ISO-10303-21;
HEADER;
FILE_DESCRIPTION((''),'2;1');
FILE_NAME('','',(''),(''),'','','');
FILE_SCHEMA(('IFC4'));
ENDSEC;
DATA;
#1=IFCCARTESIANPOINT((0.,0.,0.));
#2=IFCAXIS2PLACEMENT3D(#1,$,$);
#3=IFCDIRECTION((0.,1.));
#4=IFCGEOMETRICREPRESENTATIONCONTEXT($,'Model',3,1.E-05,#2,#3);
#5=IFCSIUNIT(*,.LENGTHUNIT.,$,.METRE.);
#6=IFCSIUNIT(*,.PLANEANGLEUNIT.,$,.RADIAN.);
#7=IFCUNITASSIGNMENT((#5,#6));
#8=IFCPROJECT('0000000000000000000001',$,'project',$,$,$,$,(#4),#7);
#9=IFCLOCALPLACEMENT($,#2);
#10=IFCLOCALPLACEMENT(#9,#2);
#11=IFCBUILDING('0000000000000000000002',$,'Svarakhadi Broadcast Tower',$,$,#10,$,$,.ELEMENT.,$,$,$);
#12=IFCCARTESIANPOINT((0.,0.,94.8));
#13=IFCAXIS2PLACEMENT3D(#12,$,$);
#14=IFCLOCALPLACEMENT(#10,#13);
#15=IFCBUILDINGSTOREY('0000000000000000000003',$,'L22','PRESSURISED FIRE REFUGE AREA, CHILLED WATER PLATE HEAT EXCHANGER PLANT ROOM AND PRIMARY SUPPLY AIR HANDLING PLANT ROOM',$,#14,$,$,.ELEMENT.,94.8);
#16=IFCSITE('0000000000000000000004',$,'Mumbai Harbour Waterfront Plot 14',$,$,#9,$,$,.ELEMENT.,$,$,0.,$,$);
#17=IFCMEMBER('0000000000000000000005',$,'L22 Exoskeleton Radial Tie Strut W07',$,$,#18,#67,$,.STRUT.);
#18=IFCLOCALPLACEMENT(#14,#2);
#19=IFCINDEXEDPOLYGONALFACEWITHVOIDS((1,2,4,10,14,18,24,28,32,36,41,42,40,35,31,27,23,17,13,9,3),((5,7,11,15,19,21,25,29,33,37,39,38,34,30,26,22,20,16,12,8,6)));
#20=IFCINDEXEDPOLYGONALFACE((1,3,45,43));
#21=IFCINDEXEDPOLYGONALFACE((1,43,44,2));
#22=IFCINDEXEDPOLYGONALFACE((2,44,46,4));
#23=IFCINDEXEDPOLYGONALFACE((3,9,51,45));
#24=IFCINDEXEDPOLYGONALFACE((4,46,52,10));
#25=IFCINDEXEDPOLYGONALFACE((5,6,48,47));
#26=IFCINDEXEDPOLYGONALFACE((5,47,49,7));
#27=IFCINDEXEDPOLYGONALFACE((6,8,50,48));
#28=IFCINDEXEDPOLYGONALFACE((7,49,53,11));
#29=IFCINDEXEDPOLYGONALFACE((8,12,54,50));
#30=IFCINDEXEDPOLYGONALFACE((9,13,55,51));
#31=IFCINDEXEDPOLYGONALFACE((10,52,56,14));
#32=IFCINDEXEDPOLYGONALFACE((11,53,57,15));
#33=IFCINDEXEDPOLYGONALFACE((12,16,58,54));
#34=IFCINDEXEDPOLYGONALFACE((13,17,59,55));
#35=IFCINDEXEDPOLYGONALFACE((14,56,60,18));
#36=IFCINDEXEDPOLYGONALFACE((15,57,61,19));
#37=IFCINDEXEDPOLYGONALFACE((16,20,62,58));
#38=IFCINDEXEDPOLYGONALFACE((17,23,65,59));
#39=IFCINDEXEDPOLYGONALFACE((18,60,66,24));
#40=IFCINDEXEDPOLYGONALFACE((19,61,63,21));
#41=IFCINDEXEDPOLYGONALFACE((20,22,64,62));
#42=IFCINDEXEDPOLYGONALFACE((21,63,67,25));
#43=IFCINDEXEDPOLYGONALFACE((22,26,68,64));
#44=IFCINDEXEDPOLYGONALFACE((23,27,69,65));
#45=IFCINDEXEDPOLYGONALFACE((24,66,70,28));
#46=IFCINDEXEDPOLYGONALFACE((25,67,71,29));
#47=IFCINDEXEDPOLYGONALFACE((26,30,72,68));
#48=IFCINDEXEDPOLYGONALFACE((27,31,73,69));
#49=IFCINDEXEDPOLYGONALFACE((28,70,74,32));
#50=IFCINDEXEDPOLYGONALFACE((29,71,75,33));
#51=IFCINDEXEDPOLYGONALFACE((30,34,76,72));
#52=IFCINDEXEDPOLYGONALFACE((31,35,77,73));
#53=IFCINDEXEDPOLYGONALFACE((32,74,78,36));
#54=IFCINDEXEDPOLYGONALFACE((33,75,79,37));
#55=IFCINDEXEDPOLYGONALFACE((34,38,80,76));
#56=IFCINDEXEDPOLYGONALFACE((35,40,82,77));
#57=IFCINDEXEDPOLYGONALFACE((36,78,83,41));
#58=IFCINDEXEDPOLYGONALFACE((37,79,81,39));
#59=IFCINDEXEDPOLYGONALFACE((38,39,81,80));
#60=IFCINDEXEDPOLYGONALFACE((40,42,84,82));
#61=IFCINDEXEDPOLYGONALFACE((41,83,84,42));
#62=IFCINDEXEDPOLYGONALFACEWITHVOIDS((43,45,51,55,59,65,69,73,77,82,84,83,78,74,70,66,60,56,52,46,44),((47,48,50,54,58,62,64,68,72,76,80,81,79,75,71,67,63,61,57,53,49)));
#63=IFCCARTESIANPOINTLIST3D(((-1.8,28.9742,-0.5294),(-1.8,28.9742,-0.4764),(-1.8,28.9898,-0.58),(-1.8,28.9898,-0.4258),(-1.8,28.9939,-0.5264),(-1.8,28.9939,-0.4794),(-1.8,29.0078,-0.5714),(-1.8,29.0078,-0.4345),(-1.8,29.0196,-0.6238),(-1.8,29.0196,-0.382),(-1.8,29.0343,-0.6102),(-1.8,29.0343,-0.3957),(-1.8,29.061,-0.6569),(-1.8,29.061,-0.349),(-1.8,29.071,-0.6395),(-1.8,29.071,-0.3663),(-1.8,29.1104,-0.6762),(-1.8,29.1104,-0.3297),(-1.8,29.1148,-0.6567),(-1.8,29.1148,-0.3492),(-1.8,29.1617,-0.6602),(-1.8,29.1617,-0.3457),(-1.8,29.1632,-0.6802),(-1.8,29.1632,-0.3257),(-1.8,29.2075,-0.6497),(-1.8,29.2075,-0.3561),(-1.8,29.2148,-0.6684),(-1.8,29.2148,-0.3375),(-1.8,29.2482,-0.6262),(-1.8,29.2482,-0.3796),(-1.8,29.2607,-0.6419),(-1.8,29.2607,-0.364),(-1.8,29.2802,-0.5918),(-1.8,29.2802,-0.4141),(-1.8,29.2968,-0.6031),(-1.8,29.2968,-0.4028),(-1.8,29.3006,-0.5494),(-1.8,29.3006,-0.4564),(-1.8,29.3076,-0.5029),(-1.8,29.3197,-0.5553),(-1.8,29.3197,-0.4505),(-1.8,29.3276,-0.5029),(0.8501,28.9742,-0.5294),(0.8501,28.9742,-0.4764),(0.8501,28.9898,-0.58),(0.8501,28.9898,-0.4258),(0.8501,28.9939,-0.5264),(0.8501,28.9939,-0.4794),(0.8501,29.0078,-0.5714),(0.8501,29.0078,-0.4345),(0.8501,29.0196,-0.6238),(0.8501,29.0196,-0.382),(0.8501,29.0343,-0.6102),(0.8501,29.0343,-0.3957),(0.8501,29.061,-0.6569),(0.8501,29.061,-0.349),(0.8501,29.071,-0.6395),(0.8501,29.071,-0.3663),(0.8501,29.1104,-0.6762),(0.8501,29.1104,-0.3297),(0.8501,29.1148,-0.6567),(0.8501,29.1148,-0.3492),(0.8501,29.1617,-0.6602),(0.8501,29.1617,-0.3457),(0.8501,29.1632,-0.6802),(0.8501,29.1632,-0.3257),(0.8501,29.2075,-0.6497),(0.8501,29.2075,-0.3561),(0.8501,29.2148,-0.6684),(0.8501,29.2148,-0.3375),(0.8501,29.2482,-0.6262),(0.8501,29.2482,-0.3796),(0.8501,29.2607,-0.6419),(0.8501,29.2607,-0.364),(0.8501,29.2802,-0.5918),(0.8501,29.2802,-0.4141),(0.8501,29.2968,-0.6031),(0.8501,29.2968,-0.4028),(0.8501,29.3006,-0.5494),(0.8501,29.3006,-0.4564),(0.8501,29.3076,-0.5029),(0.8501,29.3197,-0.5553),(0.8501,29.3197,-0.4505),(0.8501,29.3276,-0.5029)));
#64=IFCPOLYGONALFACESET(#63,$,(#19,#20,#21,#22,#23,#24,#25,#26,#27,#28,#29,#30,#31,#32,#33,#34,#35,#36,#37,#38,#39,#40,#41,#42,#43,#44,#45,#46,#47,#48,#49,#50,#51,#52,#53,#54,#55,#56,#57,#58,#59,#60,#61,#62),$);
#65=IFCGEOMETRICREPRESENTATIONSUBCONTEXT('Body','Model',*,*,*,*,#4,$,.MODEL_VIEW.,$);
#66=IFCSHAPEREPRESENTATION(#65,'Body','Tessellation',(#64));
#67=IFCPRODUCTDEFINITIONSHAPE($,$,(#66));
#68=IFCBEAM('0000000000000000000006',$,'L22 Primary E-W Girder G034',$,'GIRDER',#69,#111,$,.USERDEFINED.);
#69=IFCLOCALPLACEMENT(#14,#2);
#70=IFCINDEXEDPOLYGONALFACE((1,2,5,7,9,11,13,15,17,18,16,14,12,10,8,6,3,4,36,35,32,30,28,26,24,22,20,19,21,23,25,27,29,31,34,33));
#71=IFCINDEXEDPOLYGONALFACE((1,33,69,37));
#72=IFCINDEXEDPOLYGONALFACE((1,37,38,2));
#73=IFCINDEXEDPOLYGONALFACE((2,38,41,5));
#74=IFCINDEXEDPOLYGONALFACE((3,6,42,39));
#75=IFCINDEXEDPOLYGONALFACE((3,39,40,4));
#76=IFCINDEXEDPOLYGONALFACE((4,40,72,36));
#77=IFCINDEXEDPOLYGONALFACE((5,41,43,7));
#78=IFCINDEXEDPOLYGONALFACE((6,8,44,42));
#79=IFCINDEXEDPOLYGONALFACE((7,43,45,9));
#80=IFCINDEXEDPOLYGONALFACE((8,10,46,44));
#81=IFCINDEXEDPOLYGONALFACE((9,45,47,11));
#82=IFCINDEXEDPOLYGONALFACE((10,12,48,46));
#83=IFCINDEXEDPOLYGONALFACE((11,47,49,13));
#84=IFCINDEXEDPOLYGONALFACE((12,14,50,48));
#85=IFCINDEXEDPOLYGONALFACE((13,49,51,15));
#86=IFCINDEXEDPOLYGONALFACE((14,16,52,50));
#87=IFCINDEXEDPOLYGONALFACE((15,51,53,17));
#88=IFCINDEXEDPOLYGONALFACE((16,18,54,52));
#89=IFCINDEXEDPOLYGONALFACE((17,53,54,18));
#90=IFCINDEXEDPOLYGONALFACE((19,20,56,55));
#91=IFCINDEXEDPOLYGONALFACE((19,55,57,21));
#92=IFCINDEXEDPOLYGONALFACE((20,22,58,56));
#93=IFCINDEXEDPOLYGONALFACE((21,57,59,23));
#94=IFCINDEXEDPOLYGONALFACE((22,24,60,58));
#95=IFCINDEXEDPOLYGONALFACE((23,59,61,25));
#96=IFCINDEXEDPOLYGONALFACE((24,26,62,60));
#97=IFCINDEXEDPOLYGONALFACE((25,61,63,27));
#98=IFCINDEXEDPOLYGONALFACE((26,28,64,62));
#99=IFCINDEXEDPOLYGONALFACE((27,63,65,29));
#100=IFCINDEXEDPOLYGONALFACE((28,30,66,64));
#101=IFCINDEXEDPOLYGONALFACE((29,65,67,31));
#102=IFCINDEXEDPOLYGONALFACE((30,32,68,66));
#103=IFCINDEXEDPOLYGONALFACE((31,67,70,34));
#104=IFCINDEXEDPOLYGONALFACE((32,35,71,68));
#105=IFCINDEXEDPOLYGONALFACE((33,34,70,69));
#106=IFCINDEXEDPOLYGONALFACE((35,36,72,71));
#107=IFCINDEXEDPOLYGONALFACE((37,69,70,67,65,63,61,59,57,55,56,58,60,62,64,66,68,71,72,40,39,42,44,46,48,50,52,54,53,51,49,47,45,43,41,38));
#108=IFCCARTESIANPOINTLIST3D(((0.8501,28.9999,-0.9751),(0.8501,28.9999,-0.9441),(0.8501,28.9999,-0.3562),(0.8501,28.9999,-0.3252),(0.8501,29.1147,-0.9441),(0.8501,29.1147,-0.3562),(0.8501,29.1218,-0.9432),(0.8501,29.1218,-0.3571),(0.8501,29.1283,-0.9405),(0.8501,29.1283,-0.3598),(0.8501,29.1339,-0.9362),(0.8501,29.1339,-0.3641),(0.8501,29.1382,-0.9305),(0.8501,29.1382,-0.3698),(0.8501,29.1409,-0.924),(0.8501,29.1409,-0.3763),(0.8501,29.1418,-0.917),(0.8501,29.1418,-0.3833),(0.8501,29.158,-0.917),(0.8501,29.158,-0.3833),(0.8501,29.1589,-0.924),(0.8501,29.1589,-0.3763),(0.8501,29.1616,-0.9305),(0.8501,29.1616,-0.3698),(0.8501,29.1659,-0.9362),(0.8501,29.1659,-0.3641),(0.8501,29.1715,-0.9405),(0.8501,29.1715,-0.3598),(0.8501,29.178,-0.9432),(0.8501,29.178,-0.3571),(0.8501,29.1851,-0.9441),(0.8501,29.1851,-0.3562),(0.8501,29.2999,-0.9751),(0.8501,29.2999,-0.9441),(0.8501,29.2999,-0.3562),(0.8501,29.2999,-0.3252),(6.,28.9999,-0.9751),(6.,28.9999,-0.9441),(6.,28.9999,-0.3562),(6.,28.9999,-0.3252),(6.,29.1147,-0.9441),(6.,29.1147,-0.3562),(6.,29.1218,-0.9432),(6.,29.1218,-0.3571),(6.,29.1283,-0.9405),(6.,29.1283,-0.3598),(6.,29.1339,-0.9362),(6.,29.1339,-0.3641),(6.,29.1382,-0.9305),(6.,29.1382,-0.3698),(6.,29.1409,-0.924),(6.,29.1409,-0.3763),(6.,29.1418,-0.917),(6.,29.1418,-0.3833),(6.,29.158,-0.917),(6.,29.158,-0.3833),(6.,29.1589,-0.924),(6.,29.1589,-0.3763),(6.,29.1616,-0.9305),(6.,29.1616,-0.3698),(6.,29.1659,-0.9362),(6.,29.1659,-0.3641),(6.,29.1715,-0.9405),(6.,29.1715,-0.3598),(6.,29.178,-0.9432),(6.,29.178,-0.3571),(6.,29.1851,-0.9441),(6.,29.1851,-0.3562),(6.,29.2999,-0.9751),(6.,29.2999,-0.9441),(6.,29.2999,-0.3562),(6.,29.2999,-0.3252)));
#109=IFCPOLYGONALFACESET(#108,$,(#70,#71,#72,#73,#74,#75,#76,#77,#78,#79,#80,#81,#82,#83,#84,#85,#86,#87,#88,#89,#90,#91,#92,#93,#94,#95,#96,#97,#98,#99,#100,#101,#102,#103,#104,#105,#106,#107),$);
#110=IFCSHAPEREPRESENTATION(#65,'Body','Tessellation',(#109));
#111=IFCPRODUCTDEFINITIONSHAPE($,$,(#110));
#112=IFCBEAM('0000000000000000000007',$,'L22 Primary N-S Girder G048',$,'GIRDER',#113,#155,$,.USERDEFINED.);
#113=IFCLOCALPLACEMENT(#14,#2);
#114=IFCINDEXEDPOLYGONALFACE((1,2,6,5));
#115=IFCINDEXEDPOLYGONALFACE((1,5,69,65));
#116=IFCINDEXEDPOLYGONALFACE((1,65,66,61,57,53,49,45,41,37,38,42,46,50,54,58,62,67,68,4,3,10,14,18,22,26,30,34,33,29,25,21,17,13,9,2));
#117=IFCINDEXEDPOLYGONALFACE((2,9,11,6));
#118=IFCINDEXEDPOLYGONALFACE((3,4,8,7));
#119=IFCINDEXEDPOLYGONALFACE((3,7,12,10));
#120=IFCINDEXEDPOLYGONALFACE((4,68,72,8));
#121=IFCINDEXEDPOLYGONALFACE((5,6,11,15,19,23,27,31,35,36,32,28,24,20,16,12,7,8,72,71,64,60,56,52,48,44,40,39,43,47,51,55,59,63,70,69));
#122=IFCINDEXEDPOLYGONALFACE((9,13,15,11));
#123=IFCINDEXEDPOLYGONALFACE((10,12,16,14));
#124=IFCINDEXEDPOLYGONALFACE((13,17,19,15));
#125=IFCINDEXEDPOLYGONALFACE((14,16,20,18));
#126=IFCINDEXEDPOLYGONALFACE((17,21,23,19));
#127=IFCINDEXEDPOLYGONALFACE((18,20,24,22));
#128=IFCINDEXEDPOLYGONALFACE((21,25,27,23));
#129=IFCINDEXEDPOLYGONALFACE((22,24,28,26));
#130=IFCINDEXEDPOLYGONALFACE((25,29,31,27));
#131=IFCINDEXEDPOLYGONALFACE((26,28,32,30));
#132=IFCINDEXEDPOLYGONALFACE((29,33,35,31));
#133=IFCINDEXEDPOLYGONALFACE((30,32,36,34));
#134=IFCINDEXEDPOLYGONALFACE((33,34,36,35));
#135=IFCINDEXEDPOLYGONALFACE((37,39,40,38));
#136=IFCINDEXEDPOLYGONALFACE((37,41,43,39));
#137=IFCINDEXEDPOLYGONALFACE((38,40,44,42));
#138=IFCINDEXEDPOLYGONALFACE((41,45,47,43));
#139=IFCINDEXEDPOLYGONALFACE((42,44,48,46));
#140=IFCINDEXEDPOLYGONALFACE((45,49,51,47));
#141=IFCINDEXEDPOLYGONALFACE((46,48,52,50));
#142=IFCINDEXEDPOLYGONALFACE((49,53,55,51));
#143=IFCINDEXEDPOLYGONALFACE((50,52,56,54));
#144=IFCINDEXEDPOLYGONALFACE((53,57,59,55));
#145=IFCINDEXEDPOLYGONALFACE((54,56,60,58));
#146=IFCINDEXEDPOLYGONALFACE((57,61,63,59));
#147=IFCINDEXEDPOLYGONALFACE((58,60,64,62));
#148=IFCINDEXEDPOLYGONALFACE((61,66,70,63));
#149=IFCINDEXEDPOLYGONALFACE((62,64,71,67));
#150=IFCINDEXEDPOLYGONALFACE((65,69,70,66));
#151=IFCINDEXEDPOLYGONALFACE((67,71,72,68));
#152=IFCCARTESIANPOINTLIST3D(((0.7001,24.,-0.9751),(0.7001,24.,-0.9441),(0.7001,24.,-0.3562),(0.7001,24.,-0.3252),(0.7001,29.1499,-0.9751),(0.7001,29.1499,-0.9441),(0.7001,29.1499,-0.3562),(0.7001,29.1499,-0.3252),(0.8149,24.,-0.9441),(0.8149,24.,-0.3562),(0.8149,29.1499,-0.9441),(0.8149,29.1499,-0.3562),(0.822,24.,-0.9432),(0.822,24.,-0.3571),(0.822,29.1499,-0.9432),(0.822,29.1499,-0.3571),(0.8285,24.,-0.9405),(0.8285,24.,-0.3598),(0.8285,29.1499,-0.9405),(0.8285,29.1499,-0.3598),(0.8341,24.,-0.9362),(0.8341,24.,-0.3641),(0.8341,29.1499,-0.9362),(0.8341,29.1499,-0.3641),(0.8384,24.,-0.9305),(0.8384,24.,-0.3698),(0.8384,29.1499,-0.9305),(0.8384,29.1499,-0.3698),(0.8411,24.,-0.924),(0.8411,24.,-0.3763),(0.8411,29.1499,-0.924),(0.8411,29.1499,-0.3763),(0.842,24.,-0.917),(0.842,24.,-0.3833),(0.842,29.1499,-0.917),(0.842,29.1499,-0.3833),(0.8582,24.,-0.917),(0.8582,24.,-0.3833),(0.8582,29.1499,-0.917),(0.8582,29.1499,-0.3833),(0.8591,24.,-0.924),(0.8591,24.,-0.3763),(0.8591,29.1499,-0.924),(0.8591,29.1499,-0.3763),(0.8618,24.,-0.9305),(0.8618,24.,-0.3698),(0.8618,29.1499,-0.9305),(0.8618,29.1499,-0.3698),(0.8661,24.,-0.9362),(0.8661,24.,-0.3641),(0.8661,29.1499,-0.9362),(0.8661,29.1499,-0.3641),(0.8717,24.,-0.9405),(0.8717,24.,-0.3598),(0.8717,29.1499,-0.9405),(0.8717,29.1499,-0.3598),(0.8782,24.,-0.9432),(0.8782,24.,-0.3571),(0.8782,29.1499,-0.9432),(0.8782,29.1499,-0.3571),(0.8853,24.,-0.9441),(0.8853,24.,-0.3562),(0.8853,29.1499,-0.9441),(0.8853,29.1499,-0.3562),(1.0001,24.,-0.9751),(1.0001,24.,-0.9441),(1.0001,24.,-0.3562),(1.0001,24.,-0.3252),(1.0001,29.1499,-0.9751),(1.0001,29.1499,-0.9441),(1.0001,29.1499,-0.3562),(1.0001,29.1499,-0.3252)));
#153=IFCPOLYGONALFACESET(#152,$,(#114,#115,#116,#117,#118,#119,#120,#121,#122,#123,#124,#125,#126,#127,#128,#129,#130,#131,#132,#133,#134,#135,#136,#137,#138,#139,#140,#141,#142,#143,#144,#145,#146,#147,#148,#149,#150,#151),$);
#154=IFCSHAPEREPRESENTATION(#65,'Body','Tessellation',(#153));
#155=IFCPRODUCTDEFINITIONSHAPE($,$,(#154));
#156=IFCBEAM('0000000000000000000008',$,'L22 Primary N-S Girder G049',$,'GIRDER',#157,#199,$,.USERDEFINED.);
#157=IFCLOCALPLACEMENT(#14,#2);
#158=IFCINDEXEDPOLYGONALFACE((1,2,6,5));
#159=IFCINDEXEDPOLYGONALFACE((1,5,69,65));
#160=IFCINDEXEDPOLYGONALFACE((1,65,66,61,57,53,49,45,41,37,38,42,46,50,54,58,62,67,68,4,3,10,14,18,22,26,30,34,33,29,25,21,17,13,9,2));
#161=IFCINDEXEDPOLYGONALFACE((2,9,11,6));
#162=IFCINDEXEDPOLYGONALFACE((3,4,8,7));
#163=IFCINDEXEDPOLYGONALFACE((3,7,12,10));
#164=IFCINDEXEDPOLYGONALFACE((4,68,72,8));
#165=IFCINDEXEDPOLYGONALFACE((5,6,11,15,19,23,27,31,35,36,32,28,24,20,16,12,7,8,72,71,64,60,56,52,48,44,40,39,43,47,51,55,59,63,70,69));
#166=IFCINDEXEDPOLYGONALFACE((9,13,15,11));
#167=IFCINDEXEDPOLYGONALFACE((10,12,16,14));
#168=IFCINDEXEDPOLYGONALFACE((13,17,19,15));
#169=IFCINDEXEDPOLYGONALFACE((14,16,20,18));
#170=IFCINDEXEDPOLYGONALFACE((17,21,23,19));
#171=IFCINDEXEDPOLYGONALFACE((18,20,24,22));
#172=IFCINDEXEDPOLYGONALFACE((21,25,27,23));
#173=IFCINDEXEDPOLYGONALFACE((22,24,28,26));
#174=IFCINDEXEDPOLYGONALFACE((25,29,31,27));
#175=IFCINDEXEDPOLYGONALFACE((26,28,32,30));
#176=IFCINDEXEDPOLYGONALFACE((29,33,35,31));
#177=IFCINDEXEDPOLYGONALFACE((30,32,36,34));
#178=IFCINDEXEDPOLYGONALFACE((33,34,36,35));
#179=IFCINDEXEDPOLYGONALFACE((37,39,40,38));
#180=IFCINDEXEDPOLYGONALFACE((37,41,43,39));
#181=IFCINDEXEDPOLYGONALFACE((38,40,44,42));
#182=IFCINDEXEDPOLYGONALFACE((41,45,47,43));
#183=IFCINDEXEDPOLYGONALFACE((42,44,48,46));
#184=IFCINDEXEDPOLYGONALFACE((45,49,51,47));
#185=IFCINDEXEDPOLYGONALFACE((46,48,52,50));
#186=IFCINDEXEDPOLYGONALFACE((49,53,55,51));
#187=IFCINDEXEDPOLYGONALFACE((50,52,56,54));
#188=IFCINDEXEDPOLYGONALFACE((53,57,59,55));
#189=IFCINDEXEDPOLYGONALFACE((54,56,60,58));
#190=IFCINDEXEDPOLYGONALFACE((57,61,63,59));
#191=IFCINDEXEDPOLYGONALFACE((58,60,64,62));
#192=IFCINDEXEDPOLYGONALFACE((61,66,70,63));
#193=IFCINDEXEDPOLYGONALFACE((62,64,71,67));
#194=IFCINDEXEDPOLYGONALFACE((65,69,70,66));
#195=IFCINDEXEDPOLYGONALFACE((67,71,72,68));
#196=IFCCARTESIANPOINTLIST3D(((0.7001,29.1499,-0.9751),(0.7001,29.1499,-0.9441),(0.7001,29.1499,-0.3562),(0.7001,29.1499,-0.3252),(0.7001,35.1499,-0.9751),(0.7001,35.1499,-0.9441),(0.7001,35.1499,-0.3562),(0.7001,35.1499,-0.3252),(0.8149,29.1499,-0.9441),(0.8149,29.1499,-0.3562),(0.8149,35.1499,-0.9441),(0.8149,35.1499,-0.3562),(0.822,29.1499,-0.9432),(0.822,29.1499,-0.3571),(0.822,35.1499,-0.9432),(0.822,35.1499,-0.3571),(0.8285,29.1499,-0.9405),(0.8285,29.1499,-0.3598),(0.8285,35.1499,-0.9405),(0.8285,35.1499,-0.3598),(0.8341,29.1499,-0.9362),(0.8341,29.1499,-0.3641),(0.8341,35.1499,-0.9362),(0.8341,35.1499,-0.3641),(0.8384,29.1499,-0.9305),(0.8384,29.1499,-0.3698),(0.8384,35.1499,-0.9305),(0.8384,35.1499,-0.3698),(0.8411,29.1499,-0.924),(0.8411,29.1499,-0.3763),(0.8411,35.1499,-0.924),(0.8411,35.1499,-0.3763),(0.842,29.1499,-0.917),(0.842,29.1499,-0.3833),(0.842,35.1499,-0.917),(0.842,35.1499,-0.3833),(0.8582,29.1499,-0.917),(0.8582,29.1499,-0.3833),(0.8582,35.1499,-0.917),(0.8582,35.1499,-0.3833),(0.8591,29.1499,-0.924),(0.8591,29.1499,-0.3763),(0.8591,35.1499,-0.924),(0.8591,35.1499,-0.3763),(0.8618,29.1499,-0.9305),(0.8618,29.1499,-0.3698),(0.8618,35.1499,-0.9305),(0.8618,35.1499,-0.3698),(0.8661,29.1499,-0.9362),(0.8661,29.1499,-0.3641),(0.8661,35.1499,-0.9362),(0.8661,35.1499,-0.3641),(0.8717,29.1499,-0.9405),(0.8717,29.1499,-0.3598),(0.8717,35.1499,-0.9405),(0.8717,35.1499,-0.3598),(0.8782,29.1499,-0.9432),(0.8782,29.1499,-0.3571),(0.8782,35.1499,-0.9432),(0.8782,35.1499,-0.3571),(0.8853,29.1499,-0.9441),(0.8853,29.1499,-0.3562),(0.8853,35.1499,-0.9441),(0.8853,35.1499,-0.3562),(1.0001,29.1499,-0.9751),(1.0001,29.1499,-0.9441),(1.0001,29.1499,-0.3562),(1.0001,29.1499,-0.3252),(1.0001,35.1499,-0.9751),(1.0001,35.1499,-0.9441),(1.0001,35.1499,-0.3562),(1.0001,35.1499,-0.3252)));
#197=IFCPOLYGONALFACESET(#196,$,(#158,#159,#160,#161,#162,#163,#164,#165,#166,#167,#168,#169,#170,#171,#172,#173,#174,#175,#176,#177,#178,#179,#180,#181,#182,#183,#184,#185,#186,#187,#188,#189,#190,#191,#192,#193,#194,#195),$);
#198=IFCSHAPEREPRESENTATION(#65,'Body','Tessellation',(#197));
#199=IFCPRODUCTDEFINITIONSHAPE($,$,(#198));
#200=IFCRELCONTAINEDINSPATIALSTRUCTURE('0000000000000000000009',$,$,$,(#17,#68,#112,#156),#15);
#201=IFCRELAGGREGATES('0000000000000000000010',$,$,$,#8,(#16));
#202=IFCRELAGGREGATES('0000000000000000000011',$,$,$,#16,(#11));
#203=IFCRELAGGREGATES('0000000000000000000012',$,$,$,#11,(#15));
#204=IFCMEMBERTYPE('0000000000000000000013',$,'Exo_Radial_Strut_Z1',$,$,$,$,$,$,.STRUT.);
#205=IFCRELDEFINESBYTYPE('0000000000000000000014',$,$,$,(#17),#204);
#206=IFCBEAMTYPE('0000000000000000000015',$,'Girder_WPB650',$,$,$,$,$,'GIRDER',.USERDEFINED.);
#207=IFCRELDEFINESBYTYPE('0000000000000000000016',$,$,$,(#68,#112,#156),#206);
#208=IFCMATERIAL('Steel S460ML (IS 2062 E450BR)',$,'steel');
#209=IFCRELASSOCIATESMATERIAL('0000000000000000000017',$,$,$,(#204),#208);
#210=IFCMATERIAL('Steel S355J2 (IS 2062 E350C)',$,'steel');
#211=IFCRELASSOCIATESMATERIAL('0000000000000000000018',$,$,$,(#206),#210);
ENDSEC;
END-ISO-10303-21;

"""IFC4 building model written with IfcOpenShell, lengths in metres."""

from ifc_helpers import new_model, si_unit, direction, frame, origin, origin_2d, place, context, subcontext, project, spatial, hollow_circle, i_section, extrude, material, material_profile, profile_set, type_object, element, save


model = new_model("IFC4")

# Units and contexts
model_context = context("Model", 3, precision=1e-05, world=origin(), true_north=direction((0.0, 1.0)))
body_context = subcontext(model_context, "Body", "Model", "MODEL_VIEW")
ifc_project = project(units=[si_unit("LENGTHUNIT", "METRE"), si_unit("PLANEANGLEUNIT", "RADIAN")], contexts=[model_context])

# Site, building, storey
site_placement = place(None, origin())
site = spatial("IfcSite", under=ifc_project, at=site_placement, Name="Mumbai Harbour Waterfront Plot 14", CompositionType="ELEMENT", RefElevation=0.0)
building_placement = place(site_placement, origin())
building = spatial("IfcBuilding", under=site, at=building_placement, Name="Svarakhadi Broadcast Tower", CompositionType="ELEMENT")
storey_placement = place(building_placement, frame((0.0, 0.0, 94.8)))
storey = spatial("IfcBuildingStorey", under=building, at=storey_placement, Name="L22", Description="PRESSURISED FIRE REFUGE AREA, CHILLED WATER PLATE HEAT EXCHANGER PLANT ROOM AND PRIMARY SUPPLY AIR HANDLING PLANT ROOM", CompositionType="ELEMENT", Elevation=94.8)

# Shared definitions
ifc_material_1 = material(Name="Steel S460ML (IS 2062 E450BR)", Category="steel")

# Shared definitions
ifc_material_2 = material(Name="Steel S355J2 (IS 2062 E350C)", Category="steel")

# Member
ifc_material_profile_1 = material_profile(ifc_material_1, hollow_circle(Radius=0.1777, WallThickness=0.02, at=origin_2d()), Name="CHS 355.6x20")
ifc_profile_set_1 = profile_set([ifc_material_profile_1], Name="Steel S460ML (IS 2062 E450BR)")
member_type_1 = type_object("IfcMemberType", Name="Exo_Radial_Strut_Z1", PredefinedType="STRUT", material=ifc_profile_set_1)
member_1_placement = place(storey_placement, frame((-1.8, 29.1499, -0.5029), z_axis=(1.0, 0.0, 0.0), x_axis=(0.0, 1.0, 0.0)))
element("IfcMember", 1, at=member_1_placement, inside=storey, type_object=member_type_1, Name="L22 Exoskeleton Radial Tie Strut W07", PredefinedType="STRUT", context=body_context, shape_type="SweptSolid", body=[
    extrude(hollow_circle(Radius=0.1777, WallThickness=0.02, at=origin_2d()), origin(), (0.0, 0.0, 1.0), 2.6501),
])

# Beams
ifc_material_profile_2 = material_profile(ifc_material_2, i_section(OverallWidth=0.3, OverallDepth=0.6499, WebThickness=0.0161, FlangeThickness=0.031, FilletRadius=0.0271, at=origin_2d()), Name="WPB 650x300x225")
ifc_profile_set_2 = profile_set([ifc_material_profile_2], Name="Steel S355J2 (IS 2062 E350C)")
beam_type_1 = type_object("IfcBeamType", Name="Girder_WPB650", ElementType="GIRDER", PredefinedType="USERDEFINED", material=ifc_profile_set_2)
for number, where, z_axis, x_axis, name in (
    (2, (0.8501, 29.1499, -0.6501), (1.0, 0.0, 0.0), (0.0, 1.0, 0.0), "L22 Primary E-W Girder G034"),
    (3, (0.8501, 24.0, -0.6501), (0.0, 1.0, 0.0), (-1.0, 0.0, 0.0), "L22 Primary N-S Girder G048"),
):
    element("IfcBeam", number, at=place(storey_placement, frame(where, z_axis=z_axis, x_axis=x_axis)), inside=storey, type_object=beam_type_1, Name=name, ObjectType="GIRDER", PredefinedType="USERDEFINED", context=body_context, shape_type="SweptSolid", body=[
        extrude(i_section(OverallWidth=0.3, OverallDepth=0.6499, WebThickness=0.0161, FlangeThickness=0.031, FilletRadius=0.0271, at=origin_2d()), origin(), (0.0, 0.0, 1.0), 5.1499),
    ])
beam_1_placement = place(storey_placement, frame((0.8501, 29.1499, -0.6501), z_axis=(0.0, 1.0, 0.0), x_axis=(-1.0, 0.0, 0.0)))
element("IfcBeam", 4, at=beam_1_placement, inside=storey, type_object=beam_type_1, Name="L22 Primary N-S Girder G049", ObjectType="GIRDER", PredefinedType="USERDEFINED", context=body_context, shape_type="SweptSolid", body=[
    extrude(i_section(OverallWidth=0.3, OverallDepth=0.6499, WebThickness=0.0161, FlangeThickness=0.031, FilletRadius=0.0271, at=origin_2d()), origin(), (0.0, 0.0, 1.0), 6.0),
])

save(model, "model.ifc")
